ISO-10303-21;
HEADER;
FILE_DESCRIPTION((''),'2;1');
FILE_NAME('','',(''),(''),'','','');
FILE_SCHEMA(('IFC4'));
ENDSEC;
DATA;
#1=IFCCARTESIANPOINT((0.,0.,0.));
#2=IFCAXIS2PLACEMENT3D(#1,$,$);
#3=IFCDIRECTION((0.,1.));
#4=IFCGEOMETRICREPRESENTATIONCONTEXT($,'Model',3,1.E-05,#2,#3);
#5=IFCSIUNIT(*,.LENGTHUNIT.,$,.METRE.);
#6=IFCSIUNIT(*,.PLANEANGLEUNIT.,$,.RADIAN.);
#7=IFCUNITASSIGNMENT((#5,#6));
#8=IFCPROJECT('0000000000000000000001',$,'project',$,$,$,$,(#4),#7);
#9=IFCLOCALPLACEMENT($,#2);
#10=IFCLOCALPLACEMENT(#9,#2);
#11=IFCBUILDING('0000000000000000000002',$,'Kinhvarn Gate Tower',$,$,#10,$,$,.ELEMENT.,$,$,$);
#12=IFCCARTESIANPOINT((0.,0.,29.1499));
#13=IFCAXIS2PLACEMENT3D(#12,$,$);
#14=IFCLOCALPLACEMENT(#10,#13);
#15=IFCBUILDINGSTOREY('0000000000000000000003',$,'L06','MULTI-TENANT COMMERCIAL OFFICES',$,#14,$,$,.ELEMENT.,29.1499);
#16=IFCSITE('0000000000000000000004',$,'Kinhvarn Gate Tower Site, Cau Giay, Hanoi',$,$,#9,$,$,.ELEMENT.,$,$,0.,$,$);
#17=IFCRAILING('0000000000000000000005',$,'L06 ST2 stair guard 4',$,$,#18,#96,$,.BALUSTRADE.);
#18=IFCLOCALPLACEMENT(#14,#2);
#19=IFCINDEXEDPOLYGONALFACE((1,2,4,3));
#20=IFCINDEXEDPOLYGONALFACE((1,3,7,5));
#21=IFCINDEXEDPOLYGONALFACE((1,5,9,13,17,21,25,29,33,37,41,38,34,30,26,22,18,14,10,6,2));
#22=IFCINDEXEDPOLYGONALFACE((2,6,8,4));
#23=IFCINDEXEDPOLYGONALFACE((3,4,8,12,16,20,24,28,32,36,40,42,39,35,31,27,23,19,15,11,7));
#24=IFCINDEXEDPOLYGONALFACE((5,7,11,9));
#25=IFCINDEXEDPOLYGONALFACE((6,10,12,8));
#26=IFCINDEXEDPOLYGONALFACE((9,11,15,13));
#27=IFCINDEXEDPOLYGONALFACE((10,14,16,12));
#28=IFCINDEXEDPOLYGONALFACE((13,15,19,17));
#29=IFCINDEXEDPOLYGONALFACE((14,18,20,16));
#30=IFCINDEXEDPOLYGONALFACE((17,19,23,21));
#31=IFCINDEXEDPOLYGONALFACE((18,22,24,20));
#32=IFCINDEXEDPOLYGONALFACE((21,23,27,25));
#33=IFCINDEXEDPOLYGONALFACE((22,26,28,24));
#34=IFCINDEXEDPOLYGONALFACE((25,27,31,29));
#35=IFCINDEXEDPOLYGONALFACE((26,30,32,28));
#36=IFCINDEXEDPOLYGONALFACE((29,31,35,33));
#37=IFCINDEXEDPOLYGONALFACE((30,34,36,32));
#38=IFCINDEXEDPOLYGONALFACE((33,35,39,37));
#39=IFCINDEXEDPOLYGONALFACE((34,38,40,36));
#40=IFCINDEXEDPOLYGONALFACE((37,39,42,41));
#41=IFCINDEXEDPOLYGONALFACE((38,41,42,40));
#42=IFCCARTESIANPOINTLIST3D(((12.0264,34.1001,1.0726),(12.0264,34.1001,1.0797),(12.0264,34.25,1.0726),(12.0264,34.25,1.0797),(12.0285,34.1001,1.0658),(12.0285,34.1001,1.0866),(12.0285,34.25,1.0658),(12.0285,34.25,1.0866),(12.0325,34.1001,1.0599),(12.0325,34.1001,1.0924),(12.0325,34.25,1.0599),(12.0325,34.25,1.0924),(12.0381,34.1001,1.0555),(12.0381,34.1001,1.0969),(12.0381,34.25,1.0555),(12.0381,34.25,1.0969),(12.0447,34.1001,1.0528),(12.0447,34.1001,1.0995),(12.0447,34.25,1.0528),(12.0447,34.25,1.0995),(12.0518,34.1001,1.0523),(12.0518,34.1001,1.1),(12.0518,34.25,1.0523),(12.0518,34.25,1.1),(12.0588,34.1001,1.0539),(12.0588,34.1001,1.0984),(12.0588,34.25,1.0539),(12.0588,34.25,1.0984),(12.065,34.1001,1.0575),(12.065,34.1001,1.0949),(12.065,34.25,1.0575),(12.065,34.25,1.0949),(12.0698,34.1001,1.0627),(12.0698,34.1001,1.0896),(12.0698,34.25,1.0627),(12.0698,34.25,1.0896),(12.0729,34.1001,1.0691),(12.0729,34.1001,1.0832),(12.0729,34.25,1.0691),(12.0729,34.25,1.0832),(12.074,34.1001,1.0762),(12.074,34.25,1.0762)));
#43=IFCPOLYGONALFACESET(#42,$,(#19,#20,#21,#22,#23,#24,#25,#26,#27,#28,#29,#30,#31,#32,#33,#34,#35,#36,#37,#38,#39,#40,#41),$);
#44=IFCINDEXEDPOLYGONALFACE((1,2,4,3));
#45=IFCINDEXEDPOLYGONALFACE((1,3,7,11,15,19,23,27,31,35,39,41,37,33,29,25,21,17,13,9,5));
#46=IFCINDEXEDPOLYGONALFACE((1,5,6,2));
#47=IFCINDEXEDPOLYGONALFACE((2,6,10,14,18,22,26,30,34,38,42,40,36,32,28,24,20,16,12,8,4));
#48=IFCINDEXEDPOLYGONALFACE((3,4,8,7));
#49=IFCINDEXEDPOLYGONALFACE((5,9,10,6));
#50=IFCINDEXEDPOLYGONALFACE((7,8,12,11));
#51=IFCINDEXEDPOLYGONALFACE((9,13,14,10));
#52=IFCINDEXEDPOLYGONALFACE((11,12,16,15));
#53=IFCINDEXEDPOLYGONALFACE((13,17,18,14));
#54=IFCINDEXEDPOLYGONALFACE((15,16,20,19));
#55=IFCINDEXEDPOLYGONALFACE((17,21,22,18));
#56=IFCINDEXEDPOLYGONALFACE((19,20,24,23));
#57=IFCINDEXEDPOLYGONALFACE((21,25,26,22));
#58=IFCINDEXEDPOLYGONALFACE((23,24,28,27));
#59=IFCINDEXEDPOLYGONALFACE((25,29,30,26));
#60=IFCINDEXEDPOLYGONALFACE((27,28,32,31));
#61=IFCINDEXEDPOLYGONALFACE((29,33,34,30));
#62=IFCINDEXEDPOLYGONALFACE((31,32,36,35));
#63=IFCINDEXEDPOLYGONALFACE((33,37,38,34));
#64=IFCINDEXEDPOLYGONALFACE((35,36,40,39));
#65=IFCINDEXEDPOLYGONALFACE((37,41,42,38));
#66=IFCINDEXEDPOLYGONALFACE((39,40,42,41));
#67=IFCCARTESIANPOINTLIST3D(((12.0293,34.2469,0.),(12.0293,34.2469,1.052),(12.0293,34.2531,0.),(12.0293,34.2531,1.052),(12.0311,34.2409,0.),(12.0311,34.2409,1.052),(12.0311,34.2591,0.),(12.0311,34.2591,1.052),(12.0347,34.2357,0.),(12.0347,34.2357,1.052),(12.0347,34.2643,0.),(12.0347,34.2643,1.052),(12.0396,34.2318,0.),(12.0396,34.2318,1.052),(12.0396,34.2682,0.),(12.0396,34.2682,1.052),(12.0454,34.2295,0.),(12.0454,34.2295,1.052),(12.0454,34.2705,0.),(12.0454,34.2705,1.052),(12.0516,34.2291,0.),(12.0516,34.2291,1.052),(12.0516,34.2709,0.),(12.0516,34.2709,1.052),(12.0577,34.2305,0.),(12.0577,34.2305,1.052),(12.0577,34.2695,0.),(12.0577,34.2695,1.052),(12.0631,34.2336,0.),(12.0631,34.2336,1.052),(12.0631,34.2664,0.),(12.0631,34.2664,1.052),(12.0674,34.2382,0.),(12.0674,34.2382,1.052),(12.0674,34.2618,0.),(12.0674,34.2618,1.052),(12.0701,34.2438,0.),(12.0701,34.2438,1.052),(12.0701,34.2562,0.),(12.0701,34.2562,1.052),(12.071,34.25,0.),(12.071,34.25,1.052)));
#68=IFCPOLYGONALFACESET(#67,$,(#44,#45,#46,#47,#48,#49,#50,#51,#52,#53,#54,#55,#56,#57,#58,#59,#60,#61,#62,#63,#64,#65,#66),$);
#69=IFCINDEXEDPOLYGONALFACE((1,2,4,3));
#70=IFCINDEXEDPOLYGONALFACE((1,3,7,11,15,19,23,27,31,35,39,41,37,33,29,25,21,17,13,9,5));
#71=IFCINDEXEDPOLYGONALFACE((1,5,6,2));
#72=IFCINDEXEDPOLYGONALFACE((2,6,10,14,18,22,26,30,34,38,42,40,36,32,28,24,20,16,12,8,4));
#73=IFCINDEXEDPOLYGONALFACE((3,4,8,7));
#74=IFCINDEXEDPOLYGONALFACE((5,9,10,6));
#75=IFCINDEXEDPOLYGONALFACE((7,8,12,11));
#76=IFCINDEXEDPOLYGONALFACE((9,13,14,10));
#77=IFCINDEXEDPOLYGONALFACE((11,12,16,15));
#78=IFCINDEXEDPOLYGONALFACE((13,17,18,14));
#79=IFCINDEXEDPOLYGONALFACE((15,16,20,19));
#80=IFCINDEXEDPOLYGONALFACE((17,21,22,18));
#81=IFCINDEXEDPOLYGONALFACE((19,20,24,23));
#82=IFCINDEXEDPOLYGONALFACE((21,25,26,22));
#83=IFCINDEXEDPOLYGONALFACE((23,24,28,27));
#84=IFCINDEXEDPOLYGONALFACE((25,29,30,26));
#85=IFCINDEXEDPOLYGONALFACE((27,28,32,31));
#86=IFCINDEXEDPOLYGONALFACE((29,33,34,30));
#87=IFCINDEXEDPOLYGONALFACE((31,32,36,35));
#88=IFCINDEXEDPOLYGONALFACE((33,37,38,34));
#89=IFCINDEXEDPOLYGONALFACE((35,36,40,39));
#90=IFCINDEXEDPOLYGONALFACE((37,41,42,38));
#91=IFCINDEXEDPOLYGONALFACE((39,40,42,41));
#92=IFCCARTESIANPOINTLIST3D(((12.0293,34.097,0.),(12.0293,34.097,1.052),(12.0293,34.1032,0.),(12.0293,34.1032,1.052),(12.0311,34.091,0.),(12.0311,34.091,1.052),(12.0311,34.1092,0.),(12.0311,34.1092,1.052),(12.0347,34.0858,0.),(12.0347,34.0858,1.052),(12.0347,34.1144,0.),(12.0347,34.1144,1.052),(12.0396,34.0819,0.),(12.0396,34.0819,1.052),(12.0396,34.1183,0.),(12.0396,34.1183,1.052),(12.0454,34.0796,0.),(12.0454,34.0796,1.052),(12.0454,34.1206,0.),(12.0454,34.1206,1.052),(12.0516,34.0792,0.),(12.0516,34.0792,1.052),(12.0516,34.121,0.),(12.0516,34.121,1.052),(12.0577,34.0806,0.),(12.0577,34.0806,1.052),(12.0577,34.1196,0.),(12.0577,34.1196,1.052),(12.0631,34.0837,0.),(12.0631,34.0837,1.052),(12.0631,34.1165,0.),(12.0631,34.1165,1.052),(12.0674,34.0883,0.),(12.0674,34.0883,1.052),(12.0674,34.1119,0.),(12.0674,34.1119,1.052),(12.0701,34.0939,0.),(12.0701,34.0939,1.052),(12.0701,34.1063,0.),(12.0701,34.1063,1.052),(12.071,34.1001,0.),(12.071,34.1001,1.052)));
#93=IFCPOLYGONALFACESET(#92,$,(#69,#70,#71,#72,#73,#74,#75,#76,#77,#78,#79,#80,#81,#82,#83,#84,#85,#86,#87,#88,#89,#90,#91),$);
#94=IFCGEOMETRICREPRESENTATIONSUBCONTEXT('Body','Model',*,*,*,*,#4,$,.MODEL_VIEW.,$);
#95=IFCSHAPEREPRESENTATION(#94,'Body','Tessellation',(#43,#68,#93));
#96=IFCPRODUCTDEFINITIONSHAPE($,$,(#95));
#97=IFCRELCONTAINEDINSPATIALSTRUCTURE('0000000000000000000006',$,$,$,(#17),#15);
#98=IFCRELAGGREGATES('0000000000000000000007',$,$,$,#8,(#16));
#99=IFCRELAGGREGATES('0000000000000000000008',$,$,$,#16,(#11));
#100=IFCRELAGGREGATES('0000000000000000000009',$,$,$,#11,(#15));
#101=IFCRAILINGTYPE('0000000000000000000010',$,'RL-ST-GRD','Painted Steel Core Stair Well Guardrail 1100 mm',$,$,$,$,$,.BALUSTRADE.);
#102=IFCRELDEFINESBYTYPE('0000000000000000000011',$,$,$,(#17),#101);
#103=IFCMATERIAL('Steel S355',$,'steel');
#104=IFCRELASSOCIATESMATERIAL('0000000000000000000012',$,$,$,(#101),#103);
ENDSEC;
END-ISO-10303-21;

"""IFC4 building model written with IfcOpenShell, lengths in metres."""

from ifc_helpers import new_model, si_unit, direction, frame, origin, origin_2d, place, context, subcontext, project, spatial, circle, extrude, material, type_object, element, save


model = new_model("IFC4")

# Units and contexts
model_context = context("Model", 3, precision=1e-05, world=origin(), true_north=direction((0.0, 1.0)))
body_context = subcontext(model_context, "Body", "Model", "MODEL_VIEW")
ifc_project = project(units=[si_unit("LENGTHUNIT", "METRE"), si_unit("PLANEANGLEUNIT", "RADIAN")], contexts=[model_context])

# Site, building, storey
site_placement = place(None, origin())
site = spatial("IfcSite", under=ifc_project, at=site_placement, Name="Kinhvarn Gate Tower Site, Cau Giay, Hanoi", CompositionType="ELEMENT", RefElevation=0.0)
building_placement = place(site_placement, origin())
building = spatial("IfcBuilding", under=site, at=building_placement, Name="Kinhvarn Gate Tower", CompositionType="ELEMENT")
storey_placement = place(building_placement, frame((0.0, 0.0, 29.1499)))
storey = spatial("IfcBuildingStorey", under=building, at=storey_placement, Name="L06", Description="MULTI-TENANT COMMERCIAL OFFICES", CompositionType="ELEMENT", Elevation=29.1499)

# Shared definitions
ifc_material_1 = material(Name="Steel S355", Category="steel")

# Railing
railing_type_1 = type_object("IfcRailingType", Name="RL-ST-GRD", Description="Painted Steel Core Stair Well Guardrail 1100 mm", PredefinedType="BALUSTRADE", material=ifc_material_1)
railing_1_placement = place(storey_placement, frame((12.05, 34.25, 0.0)))
element("IfcRailing", 1, at=railing_1_placement, inside=storey, type_object=railing_type_1, Name="L06 ST2 stair guard 4", PredefinedType="BALUSTRADE", context=body_context, shape_type="SweptSolid", body=[
    extrude(circle(Radius=0.0239, at=origin_2d()), frame((0.0, 0.0, 1.0762), z_axis=(0.0, -1.0, 0.0), x_axis=(1.0, 0.0, 0.0)), (0.0, 0.0, 1.0), 0.1499),
    extrude(circle(Radius=0.021, at=origin_2d()), origin(), (0.0, 0.0, 1.0), 1.052),
    extrude(circle(Radius=0.021, at=origin_2d()), frame((0.0, -0.1499, 0.0)), (0.0, 0.0, 1.0), 1.052),
])

save(model, "model.ifc")
